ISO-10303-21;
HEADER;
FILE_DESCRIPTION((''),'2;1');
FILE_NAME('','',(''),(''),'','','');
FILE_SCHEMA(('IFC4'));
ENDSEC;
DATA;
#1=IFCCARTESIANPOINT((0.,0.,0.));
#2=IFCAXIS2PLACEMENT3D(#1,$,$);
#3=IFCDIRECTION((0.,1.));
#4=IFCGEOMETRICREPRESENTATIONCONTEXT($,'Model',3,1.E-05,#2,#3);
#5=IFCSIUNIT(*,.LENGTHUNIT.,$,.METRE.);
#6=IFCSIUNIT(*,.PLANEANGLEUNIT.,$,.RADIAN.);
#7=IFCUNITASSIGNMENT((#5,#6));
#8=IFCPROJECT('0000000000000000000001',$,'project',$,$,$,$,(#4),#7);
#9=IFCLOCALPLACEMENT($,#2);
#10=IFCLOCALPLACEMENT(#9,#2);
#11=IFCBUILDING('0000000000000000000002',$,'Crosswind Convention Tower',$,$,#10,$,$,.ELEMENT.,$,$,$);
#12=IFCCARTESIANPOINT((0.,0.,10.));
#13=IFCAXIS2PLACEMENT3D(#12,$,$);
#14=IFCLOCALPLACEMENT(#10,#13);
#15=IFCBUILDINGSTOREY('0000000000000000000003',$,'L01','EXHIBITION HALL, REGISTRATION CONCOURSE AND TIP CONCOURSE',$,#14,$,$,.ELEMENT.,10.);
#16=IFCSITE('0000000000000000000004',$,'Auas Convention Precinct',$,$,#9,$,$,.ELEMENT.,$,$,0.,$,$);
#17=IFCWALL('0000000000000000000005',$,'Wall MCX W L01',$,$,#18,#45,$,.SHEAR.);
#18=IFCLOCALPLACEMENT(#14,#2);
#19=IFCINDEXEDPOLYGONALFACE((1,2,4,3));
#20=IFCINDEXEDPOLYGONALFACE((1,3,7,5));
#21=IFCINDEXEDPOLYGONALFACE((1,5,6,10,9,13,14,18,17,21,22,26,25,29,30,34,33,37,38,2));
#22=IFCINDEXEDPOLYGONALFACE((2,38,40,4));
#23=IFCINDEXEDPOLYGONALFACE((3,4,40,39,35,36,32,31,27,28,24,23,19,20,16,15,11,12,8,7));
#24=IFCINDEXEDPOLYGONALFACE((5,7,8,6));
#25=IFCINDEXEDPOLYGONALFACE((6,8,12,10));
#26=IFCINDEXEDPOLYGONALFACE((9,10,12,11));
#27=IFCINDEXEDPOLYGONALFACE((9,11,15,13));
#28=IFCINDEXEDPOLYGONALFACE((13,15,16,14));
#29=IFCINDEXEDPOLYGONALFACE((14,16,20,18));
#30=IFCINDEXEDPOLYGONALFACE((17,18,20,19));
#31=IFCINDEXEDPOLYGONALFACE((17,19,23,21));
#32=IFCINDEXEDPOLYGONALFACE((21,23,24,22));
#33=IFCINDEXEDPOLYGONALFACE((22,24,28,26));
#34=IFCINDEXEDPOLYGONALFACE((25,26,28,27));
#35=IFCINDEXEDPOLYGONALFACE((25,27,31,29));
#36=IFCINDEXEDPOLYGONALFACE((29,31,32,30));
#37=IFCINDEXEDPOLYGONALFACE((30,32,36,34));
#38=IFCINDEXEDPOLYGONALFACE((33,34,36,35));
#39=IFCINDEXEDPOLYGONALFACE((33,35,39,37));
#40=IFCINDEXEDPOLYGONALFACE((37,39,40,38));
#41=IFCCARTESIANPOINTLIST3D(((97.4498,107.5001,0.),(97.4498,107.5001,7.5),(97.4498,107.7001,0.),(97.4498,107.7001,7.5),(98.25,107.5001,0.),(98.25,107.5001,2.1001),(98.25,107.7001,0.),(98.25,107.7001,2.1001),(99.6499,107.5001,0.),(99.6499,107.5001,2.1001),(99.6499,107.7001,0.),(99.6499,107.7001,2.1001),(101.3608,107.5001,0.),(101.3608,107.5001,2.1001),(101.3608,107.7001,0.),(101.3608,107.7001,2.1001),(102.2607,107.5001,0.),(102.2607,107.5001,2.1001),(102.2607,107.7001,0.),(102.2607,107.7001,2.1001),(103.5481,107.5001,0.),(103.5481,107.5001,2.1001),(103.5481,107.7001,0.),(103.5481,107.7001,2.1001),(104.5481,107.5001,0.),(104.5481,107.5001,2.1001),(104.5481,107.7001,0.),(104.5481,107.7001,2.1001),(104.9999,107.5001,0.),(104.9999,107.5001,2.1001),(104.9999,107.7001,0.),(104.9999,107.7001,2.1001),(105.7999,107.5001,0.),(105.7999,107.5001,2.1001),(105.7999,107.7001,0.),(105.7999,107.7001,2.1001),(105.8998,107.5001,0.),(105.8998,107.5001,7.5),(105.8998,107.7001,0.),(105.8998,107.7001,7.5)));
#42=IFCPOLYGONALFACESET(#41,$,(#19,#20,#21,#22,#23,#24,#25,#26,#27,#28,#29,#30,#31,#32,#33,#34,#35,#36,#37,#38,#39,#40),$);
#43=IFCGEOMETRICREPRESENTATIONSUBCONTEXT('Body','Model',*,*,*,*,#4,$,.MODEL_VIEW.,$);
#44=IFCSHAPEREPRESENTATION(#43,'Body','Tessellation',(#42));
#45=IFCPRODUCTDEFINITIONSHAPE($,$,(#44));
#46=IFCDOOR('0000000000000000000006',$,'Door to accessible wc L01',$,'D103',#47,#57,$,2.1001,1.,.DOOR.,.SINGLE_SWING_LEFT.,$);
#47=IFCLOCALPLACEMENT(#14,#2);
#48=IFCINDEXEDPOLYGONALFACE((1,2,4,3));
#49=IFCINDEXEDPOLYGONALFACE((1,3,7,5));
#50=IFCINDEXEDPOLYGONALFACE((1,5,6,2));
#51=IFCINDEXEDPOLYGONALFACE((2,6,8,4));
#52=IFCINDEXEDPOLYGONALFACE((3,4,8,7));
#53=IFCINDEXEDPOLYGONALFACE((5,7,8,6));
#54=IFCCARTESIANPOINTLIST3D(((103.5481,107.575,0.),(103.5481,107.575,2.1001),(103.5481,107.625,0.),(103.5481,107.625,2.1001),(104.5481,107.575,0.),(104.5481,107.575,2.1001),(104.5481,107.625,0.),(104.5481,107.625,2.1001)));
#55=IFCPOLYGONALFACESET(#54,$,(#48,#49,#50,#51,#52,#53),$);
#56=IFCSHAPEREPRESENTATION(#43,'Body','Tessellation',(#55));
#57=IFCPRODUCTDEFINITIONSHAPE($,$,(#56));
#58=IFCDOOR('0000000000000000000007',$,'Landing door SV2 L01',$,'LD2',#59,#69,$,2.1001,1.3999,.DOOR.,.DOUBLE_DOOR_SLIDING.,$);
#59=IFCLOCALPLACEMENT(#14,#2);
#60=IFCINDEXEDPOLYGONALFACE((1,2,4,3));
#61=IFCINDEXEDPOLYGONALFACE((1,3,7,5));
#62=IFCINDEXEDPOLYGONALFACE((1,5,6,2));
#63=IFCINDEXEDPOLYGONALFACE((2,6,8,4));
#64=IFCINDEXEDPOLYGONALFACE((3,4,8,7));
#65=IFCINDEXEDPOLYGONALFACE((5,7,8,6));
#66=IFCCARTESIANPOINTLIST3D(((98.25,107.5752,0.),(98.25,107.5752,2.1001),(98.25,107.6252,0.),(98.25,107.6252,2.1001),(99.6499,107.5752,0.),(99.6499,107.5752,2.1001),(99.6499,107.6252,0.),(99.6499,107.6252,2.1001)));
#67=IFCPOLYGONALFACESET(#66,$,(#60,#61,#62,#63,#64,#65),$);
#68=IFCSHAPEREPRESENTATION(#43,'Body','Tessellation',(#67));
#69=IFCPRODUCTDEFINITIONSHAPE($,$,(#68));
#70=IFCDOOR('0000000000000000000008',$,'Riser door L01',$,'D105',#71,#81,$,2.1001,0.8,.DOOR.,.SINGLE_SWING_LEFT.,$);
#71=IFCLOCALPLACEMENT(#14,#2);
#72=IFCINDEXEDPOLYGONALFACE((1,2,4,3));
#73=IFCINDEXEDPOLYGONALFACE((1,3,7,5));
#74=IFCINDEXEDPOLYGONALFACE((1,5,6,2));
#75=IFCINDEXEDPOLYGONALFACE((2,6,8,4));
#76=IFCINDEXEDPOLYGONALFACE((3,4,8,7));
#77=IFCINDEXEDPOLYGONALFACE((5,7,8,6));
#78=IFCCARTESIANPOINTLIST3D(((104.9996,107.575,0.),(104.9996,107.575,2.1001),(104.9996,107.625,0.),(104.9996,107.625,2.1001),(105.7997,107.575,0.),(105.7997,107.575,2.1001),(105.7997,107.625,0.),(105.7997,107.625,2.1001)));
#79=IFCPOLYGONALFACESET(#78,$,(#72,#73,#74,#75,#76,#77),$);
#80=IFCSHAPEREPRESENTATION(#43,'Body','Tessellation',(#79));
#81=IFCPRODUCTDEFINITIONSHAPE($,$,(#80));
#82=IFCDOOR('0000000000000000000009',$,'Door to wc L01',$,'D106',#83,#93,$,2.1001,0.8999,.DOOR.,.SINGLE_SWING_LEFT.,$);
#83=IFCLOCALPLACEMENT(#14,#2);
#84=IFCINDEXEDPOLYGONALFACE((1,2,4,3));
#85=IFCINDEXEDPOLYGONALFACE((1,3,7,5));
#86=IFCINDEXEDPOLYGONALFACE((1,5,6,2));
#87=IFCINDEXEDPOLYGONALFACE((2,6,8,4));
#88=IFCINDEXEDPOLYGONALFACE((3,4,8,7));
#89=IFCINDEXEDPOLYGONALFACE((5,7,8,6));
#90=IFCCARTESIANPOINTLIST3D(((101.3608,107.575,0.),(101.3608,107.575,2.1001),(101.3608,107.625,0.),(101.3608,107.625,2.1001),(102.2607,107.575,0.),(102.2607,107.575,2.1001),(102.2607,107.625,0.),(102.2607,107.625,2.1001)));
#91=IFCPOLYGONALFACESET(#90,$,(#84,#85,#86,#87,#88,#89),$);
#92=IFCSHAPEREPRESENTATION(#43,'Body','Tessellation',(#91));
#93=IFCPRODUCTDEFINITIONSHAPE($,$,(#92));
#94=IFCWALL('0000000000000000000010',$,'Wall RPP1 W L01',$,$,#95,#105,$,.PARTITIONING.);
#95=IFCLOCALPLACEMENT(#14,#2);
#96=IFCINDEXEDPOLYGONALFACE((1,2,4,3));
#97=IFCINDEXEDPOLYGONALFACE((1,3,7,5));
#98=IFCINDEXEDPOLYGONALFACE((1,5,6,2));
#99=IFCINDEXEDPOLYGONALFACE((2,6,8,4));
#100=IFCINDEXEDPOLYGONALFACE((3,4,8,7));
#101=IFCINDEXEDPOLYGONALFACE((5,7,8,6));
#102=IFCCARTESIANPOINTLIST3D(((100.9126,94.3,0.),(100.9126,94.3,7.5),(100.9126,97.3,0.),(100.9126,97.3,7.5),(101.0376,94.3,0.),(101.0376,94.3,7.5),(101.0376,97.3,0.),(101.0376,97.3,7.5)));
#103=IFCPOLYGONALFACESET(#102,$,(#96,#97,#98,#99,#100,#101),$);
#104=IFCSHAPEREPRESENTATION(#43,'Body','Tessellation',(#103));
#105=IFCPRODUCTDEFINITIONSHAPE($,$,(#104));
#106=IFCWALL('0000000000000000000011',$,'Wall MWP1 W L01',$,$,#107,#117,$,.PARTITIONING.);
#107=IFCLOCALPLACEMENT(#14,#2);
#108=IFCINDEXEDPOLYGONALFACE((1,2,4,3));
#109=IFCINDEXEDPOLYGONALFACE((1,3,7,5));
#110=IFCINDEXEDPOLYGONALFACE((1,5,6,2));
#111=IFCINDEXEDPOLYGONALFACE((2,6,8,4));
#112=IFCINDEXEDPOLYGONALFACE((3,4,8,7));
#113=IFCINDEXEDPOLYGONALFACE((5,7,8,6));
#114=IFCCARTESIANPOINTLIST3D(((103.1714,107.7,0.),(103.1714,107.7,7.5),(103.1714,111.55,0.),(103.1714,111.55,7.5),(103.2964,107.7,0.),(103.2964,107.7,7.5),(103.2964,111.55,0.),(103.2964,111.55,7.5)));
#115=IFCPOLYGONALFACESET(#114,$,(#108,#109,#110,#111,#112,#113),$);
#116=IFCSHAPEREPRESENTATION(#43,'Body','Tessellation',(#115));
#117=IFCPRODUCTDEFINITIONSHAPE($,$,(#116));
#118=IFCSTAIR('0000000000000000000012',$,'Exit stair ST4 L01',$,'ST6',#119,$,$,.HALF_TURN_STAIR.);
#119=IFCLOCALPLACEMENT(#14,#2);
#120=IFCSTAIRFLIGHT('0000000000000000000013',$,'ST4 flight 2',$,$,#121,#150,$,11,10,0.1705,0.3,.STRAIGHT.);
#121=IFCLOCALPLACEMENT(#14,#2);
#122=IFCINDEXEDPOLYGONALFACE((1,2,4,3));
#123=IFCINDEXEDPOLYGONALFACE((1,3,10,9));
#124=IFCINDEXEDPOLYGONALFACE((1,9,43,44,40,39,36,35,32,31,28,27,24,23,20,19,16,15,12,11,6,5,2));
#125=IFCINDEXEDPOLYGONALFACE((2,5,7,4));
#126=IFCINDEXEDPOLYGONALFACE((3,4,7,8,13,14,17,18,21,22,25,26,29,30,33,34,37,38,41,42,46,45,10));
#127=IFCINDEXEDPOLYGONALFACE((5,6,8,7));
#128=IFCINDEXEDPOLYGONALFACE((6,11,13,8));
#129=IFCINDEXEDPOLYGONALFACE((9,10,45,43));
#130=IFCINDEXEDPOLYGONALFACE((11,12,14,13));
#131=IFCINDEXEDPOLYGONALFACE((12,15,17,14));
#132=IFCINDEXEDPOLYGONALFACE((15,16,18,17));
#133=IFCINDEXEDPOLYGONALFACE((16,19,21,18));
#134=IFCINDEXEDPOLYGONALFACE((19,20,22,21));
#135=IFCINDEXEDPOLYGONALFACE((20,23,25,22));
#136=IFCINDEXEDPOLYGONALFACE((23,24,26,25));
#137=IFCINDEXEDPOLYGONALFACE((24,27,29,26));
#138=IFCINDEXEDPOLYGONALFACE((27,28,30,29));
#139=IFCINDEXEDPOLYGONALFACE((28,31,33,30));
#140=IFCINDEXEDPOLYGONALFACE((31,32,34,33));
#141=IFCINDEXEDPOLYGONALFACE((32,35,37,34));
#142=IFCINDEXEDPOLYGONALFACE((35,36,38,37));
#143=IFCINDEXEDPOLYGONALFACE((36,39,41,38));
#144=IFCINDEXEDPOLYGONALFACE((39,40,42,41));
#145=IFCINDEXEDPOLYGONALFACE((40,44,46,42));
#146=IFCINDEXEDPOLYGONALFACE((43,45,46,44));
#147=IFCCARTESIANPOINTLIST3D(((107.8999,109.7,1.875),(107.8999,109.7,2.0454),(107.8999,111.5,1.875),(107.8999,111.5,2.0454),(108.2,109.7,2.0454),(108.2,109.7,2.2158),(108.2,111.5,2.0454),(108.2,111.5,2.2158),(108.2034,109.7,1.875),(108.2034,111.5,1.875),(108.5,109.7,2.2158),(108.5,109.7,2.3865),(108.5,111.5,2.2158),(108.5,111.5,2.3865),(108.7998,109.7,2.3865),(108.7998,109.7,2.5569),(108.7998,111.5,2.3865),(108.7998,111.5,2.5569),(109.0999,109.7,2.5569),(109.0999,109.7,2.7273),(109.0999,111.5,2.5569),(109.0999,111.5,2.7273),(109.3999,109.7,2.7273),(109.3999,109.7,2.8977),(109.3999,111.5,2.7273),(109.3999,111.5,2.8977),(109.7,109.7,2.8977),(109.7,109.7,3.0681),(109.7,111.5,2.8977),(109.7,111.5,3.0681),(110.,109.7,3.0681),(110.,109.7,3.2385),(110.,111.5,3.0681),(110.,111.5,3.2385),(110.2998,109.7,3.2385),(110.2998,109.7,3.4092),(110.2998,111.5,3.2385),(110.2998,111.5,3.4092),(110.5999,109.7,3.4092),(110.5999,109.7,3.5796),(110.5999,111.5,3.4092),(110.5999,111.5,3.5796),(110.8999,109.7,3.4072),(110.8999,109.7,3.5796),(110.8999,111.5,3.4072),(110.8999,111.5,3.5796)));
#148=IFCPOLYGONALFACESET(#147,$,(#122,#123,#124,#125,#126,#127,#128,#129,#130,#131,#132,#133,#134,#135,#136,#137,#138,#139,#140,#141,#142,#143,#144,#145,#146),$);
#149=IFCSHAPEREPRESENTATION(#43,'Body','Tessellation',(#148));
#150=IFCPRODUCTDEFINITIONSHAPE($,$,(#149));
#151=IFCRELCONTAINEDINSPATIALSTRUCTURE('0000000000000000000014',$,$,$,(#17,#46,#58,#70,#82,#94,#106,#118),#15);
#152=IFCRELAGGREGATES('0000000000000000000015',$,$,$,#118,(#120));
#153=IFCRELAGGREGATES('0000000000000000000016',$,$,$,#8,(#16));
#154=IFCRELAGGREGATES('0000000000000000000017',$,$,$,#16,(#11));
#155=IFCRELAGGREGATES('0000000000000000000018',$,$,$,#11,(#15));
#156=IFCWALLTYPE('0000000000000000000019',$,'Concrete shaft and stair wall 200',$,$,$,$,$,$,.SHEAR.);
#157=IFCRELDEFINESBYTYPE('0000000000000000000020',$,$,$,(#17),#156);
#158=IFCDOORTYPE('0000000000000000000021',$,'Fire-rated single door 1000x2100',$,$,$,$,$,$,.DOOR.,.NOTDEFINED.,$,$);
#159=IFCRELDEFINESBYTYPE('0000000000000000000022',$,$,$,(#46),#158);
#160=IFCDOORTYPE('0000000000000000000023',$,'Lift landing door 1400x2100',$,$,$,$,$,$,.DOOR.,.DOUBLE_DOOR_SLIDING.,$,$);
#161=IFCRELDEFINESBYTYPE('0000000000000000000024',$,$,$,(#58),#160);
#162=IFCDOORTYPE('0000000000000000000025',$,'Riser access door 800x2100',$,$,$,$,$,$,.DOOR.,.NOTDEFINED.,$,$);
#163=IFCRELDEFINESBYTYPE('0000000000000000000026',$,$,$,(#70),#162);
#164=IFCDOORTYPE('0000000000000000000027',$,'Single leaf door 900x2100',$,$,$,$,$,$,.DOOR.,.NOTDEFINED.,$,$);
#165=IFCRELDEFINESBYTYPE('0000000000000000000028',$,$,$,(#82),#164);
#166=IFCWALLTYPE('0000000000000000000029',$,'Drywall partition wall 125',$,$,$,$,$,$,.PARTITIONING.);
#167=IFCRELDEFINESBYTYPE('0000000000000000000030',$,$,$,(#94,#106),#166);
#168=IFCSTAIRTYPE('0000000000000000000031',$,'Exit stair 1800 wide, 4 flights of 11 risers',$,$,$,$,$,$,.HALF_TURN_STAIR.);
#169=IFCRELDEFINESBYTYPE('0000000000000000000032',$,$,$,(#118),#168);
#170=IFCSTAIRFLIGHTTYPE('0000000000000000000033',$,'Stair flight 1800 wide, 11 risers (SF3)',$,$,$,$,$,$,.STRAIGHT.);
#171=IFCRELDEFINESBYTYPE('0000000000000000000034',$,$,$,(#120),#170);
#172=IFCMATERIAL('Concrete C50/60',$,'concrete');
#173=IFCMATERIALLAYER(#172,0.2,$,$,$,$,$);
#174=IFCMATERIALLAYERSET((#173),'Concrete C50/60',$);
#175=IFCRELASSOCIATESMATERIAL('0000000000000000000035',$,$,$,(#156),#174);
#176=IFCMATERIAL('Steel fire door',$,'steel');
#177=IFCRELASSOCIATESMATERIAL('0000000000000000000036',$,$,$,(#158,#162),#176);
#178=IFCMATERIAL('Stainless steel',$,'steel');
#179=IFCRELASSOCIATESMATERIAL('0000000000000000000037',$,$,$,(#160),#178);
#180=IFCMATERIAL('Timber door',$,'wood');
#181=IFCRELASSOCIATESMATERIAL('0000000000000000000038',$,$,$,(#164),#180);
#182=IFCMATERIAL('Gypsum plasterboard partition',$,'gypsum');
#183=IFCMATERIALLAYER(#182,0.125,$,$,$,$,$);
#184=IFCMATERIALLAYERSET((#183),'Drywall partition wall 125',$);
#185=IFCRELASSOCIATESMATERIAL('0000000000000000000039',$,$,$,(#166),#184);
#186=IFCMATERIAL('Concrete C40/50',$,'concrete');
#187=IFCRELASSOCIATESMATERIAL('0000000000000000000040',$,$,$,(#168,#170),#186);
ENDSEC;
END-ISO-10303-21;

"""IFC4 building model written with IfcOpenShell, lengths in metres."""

from ifc_helpers import new_model, si_unit, direction, frame, frame_2d, origin, place, context, subcontext, project, spatial, polyline, rectangle, outline, extrude, material, layer, layer_set, type_object, element, fill, aggregate, save


model = new_model("IFC4")

# Units and contexts
model_context = context("Model", 3, precision=1e-05, world=origin(), true_north=direction((0.0, 1.0)))
body_context = subcontext(model_context, "Body", "Model", "MODEL_VIEW")
ifc_project = project(units=[si_unit("LENGTHUNIT", "METRE"), si_unit("PLANEANGLEUNIT", "RADIAN")], contexts=[model_context])

# Site, building, storey
site_placement = place(None, origin())
site = spatial("IfcSite", under=ifc_project, at=site_placement, Name="Auas Convention Precinct", CompositionType="ELEMENT", RefElevation=0.0)
building_placement = place(site_placement, origin())
building = spatial("IfcBuilding", under=site, at=building_placement, Name="Crosswind Convention Tower", CompositionType="ELEMENT")
storey_placement = place(building_placement, frame((0.0, 0.0, 10.0)))
storey = spatial("IfcBuildingStorey", under=building, at=storey_placement, Name="L01", Description="EXHIBITION HALL, REGISTRATION CONCOURSE AND TIP CONCOURSE", CompositionType="ELEMENT", Elevation=10.0)

# Shared definitions
ifc_material_1 = material(Name="Timber door", Category="wood")

# Shared definitions
ifc_material_2 = material(Name="Concrete C50/60", Category="concrete")
ifc_layer_1 = layer(ifc_material_2, 0.2)
ifc_layer_set_1 = layer_set([ifc_layer_1], Name="Concrete C50/60")
wall_type_1 = type_object("IfcWallType", Name="Concrete shaft and stair wall 200", PredefinedType="SHEAR", material=ifc_layer_set_1)

# Wall, openings, doors
wall_1_placement = place(storey_placement, frame((105.8999, 107.6001, 0.0), z_axis=(0.0, 0.0, 1.0), x_axis=(-1.0, 0.0, 0.0)))
wall_1 = element("IfcWall", 1, at=wall_1_placement, inside=storey, type_object=wall_type_1, Name="Wall MCX W L01", PredefinedType="SHEAR", context=body_context, shape_type="SweptSolid", body=[
    extrude(rectangle(XDim=8.45, YDim=0.2, at=frame_2d((4.2251, 0.0))), origin(), (0.0, 0.0, 1.0), 7.5),
])
opening_1_placement = place(wall_1_placement, frame((0.1001, 0.0, 0.0)))
opening_1 = element("IfcOpeningElement", 2, at=opening_1_placement, cuts=wall_1, PredefinedType="OPENING", context=body_context, shape_type="SweptSolid", body=[
    extrude(rectangle(XDim=0.8, YDim=2.1001, at=frame_2d((0.3999, 1.05))), frame((0.0, 0.1099, 0.0), z_axis=(0.0, -1.0, 0.0), x_axis=(1.0, 0.0, 0.0)), (0.0, 0.0, 1.0), 0.22),
])
opening_2_placement = place(wall_1_placement, frame((1.3518, 0.0, 0.0)))
opening_2 = element("IfcOpeningElement", 3, at=opening_2_placement, cuts=wall_1, PredefinedType="OPENING", context=body_context, shape_type="SweptSolid", body=[
    extrude(rectangle(XDim=1.0, YDim=2.1001, at=frame_2d((0.5, 1.05))), frame((0.0, 0.1099, 0.0), z_axis=(0.0, -1.0, 0.0), x_axis=(1.0, 0.0, 0.0)), (0.0, 0.0, 1.0), 0.22),
])
opening_3_placement = place(wall_1_placement, frame((3.6392, 0.0, 0.0)))
opening_3 = element("IfcOpeningElement", 4, at=opening_3_placement, cuts=wall_1, PredefinedType="OPENING", context=body_context, shape_type="SweptSolid", body=[
    extrude(rectangle(XDim=0.8999, YDim=2.1001, at=frame_2d((0.45, 1.05))), frame((0.0, 0.1099, 0.0), z_axis=(0.0, -1.0, 0.0), x_axis=(1.0, 0.0, 0.0)), (0.0, 0.0, 1.0), 0.22),
])
opening_4_placement = place(wall_1_placement, frame((6.25, 0.0, 0.0)))
opening_4 = element("IfcOpeningElement", 5, at=opening_4_placement, cuts=wall_1, PredefinedType="OPENING", context=body_context, shape_type="SweptSolid", body=[
    extrude(rectangle(XDim=1.3999, YDim=2.1001, at=frame_2d((0.7, 1.05))), frame((0.0, 0.1099, 0.0), z_axis=(0.0, -1.0, 0.0), x_axis=(1.0, 0.0, 0.0)), (0.0, 0.0, 1.0), 0.22),
])
ifc_material_3 = material(Name="Steel fire door", Category="steel")
door_type_1 = type_object("IfcDoorType", Name="Fire-rated single door 1000x2100", OperationType="NOTDEFINED", PredefinedType="DOOR", material=ifc_material_3)
door_1_placement = place(opening_2_placement, frame((1.0, 0.0, 0.0), z_axis=(0.0, 0.0, 1.0), x_axis=(-1.0, 0.0, 0.0)))
door_1 = element("IfcDoor", 6, at=door_1_placement, inside=storey, type_object=door_type_1, Name="Door to accessible wc L01", ObjectType="D103", OperationType="SINGLE_SWING_LEFT", OverallHeight=2.1001, OverallWidth=1.0, PredefinedType="DOOR", context=body_context, shape_type="SweptSolid", body=[
    extrude(rectangle(XDim=1.0, YDim=2.1001, at=frame_2d((0.5, 1.05))), frame((0.0, 0.0249, 0.0), z_axis=(0.0, -1.0, 0.0), x_axis=(1.0, 0.0, 0.0)), (0.0, 0.0, 1.0), 0.05),
])
fill(opening_2, door_1)
ifc_material_4 = material(Name="Stainless steel", Category="steel")
door_type_2 = type_object("IfcDoorType", Name="Lift landing door 1400x2100", OperationType="DOUBLE_DOOR_SLIDING", PredefinedType="DOOR", material=ifc_material_4)
door_2_placement = place(opening_4_placement, origin())
door_2 = element("IfcDoor", 7, at=door_2_placement, inside=storey, type_object=door_type_2, Name="Landing door SV2 L01", ObjectType="LD2", OperationType="DOUBLE_DOOR_SLIDING", OverallHeight=2.1001, OverallWidth=1.3999, PredefinedType="DOOR", context=body_context, shape_type="SweptSolid", body=[
    extrude(rectangle(XDim=1.3999, YDim=2.1001, at=frame_2d((0.7, 1.05))), frame((0.0, 0.0249, 0.0), z_axis=(0.0, -1.0, 0.0), x_axis=(1.0, 0.0, 0.0)), (0.0, 0.0, 1.0), 0.05),
])
fill(opening_4, door_2)
door_type_3 = type_object("IfcDoorType", Name="Riser access door 800x2100", OperationType="NOTDEFINED", PredefinedType="DOOR", material=ifc_material_3)
door_3_placement = place(opening_1_placement, frame((0.8, 0.0, 0.0), z_axis=(0.0, 0.0, 1.0), x_axis=(-1.0, 0.0, 0.0)))
door_3 = element("IfcDoor", 8, at=door_3_placement, inside=storey, type_object=door_type_3, Name="Riser door L01", ObjectType="D105", OperationType="SINGLE_SWING_LEFT", OverallHeight=2.1001, OverallWidth=0.8, PredefinedType="DOOR", context=body_context, shape_type="SweptSolid", body=[
    extrude(rectangle(XDim=0.8, YDim=2.1001, at=frame_2d((0.3999, 1.05))), frame((0.0, 0.0249, 0.0), z_axis=(0.0, -1.0, 0.0), x_axis=(1.0, 0.0, 0.0)), (0.0, 0.0, 1.0), 0.05),
])
fill(opening_1, door_3)
door_type_4 = type_object("IfcDoorType", Name="Single leaf door 900x2100", OperationType="NOTDEFINED", PredefinedType="DOOR", material=ifc_material_1)
door_4_placement = place(opening_3_placement, frame((0.8999, 0.0, 0.0), z_axis=(0.0, 0.0, 1.0), x_axis=(-1.0, 0.0, 0.0)))
door_4 = element("IfcDoor", 9, at=door_4_placement, inside=storey, type_object=door_type_4, Name="Door to wc L01", ObjectType="D106", OperationType="SINGLE_SWING_LEFT", OverallHeight=2.1001, OverallWidth=0.8999, PredefinedType="DOOR", context=body_context, shape_type="SweptSolid", body=[
    extrude(rectangle(XDim=0.8999, YDim=2.1001, at=frame_2d((0.45, 1.05))), frame((0.0, 0.0249, 0.0), z_axis=(0.0, -1.0, 0.0), x_axis=(1.0, 0.0, 0.0)), (0.0, 0.0, 1.0), 0.05),
])
fill(opening_3, door_4)

# Walls
ifc_material_5 = material(Name="Gypsum plasterboard partition", Category="gypsum")
ifc_layer_2 = layer(ifc_material_5, 0.125)
ifc_layer_set_2 = layer_set([ifc_layer_2], Name="Drywall partition wall 125")
wall_type_2 = type_object("IfcWallType", Name="Drywall partition wall 125", PredefinedType="PARTITIONING", material=ifc_layer_set_2)
wall_2_placement = place(storey_placement, frame((100.9751, 97.3, 0.0), z_axis=(0.0, 0.0, 1.0), x_axis=(0.0, -1.0, 0.0)))
element("IfcWall", 10, at=wall_2_placement, inside=storey, type_object=wall_type_2, Name="Wall RPP1 W L01", PredefinedType="PARTITIONING", context=body_context, shape_type="SweptSolid", body=[
    extrude(rectangle(XDim=3.0, YDim=0.125, at=frame_2d((1.5, 0.0))), origin(), (0.0, 0.0, 1.0), 7.5),
])
wall_3_placement = place(storey_placement, frame((103.2339, 111.55, 0.0), z_axis=(0.0, 0.0, 1.0), x_axis=(0.0, -1.0, 0.0)))
element("IfcWall", 11, at=wall_3_placement, inside=storey, type_object=wall_type_2, Name="Wall MWP1 W L01", PredefinedType="PARTITIONING", context=body_context, shape_type="SweptSolid", body=[
    extrude(rectangle(XDim=3.8501, YDim=0.125, at=frame_2d((1.925, 0.0))), origin(), (0.0, 0.0, 1.0), 7.5),
])

# Stair, stair flight
ifc_material_6 = material(Name="Concrete C40/50", Category="concrete")
stair_type = type_object("IfcStairType", Name="Exit stair 1800 wide, 4 flights of 11 risers", PredefinedType="HALF_TURN_STAIR", material=ifc_material_6)
stair_placement = place(storey_placement, origin())
stair = element("IfcStair", 12, at=stair_placement, inside=storey, type_object=stair_type, Name="Exit stair ST4 L01", ObjectType="ST6", PredefinedType="HALF_TURN_STAIR")
stair_flight_type = type_object("IfcStairFlightType", Name="Stair flight 1800 wide, 11 risers (SF3)", PredefinedType="STRAIGHT", material=ifc_material_6)
stair_flight_1_placement = place(storey_placement, frame((107.8999, 110.6001, 1.875), z_axis=(0.0, 0.0, 1.0), x_axis=(1.0, 0.0, 0.0)))
stair_flight_1 = element("IfcStairFlight", 13, at=stair_flight_1_placement, type_object=stair_flight_type, Name="ST4 flight 2", NumberOfRisers=11, NumberOfTreads=10, PredefinedType="STRAIGHT", RiserHeight=0.1705, TreadLength=0.3, context=body_context, shape_type="SweptSolid", body=[
    extrude(outline(polyline([(0.0, 0.0), (0.0, 0.1704), (0.3, 0.1704), (0.3, 0.3408), (0.6001, 0.3408), (0.6001, 0.5115), (0.8999, 0.5115), (0.8999, 0.6819), (1.2, 0.6819), (1.2, 0.8523), (1.5, 0.8523), (1.5, 1.0227), (1.8, 1.0227), (1.8, 1.1931), (2.1001, 1.1931), (2.1001, 1.3635), (2.3999, 1.3635), (2.3999, 1.5342), (2.7, 1.5342), (2.7, 1.7046), (3.0, 1.7046), (3.0, 1.875), (3.0, 1.5322), (0.3035, 0.0), (0.0, 0.0)])), frame((0.0, 0.8999, 0.0), z_axis=(0.0, -1.0, 0.0), x_axis=(1.0, 0.0, 0.0)), (0.0, 0.0, 1.0), 1.8),
])
aggregate(stair, [stair_flight_1])

save(model, "model.ifc")
